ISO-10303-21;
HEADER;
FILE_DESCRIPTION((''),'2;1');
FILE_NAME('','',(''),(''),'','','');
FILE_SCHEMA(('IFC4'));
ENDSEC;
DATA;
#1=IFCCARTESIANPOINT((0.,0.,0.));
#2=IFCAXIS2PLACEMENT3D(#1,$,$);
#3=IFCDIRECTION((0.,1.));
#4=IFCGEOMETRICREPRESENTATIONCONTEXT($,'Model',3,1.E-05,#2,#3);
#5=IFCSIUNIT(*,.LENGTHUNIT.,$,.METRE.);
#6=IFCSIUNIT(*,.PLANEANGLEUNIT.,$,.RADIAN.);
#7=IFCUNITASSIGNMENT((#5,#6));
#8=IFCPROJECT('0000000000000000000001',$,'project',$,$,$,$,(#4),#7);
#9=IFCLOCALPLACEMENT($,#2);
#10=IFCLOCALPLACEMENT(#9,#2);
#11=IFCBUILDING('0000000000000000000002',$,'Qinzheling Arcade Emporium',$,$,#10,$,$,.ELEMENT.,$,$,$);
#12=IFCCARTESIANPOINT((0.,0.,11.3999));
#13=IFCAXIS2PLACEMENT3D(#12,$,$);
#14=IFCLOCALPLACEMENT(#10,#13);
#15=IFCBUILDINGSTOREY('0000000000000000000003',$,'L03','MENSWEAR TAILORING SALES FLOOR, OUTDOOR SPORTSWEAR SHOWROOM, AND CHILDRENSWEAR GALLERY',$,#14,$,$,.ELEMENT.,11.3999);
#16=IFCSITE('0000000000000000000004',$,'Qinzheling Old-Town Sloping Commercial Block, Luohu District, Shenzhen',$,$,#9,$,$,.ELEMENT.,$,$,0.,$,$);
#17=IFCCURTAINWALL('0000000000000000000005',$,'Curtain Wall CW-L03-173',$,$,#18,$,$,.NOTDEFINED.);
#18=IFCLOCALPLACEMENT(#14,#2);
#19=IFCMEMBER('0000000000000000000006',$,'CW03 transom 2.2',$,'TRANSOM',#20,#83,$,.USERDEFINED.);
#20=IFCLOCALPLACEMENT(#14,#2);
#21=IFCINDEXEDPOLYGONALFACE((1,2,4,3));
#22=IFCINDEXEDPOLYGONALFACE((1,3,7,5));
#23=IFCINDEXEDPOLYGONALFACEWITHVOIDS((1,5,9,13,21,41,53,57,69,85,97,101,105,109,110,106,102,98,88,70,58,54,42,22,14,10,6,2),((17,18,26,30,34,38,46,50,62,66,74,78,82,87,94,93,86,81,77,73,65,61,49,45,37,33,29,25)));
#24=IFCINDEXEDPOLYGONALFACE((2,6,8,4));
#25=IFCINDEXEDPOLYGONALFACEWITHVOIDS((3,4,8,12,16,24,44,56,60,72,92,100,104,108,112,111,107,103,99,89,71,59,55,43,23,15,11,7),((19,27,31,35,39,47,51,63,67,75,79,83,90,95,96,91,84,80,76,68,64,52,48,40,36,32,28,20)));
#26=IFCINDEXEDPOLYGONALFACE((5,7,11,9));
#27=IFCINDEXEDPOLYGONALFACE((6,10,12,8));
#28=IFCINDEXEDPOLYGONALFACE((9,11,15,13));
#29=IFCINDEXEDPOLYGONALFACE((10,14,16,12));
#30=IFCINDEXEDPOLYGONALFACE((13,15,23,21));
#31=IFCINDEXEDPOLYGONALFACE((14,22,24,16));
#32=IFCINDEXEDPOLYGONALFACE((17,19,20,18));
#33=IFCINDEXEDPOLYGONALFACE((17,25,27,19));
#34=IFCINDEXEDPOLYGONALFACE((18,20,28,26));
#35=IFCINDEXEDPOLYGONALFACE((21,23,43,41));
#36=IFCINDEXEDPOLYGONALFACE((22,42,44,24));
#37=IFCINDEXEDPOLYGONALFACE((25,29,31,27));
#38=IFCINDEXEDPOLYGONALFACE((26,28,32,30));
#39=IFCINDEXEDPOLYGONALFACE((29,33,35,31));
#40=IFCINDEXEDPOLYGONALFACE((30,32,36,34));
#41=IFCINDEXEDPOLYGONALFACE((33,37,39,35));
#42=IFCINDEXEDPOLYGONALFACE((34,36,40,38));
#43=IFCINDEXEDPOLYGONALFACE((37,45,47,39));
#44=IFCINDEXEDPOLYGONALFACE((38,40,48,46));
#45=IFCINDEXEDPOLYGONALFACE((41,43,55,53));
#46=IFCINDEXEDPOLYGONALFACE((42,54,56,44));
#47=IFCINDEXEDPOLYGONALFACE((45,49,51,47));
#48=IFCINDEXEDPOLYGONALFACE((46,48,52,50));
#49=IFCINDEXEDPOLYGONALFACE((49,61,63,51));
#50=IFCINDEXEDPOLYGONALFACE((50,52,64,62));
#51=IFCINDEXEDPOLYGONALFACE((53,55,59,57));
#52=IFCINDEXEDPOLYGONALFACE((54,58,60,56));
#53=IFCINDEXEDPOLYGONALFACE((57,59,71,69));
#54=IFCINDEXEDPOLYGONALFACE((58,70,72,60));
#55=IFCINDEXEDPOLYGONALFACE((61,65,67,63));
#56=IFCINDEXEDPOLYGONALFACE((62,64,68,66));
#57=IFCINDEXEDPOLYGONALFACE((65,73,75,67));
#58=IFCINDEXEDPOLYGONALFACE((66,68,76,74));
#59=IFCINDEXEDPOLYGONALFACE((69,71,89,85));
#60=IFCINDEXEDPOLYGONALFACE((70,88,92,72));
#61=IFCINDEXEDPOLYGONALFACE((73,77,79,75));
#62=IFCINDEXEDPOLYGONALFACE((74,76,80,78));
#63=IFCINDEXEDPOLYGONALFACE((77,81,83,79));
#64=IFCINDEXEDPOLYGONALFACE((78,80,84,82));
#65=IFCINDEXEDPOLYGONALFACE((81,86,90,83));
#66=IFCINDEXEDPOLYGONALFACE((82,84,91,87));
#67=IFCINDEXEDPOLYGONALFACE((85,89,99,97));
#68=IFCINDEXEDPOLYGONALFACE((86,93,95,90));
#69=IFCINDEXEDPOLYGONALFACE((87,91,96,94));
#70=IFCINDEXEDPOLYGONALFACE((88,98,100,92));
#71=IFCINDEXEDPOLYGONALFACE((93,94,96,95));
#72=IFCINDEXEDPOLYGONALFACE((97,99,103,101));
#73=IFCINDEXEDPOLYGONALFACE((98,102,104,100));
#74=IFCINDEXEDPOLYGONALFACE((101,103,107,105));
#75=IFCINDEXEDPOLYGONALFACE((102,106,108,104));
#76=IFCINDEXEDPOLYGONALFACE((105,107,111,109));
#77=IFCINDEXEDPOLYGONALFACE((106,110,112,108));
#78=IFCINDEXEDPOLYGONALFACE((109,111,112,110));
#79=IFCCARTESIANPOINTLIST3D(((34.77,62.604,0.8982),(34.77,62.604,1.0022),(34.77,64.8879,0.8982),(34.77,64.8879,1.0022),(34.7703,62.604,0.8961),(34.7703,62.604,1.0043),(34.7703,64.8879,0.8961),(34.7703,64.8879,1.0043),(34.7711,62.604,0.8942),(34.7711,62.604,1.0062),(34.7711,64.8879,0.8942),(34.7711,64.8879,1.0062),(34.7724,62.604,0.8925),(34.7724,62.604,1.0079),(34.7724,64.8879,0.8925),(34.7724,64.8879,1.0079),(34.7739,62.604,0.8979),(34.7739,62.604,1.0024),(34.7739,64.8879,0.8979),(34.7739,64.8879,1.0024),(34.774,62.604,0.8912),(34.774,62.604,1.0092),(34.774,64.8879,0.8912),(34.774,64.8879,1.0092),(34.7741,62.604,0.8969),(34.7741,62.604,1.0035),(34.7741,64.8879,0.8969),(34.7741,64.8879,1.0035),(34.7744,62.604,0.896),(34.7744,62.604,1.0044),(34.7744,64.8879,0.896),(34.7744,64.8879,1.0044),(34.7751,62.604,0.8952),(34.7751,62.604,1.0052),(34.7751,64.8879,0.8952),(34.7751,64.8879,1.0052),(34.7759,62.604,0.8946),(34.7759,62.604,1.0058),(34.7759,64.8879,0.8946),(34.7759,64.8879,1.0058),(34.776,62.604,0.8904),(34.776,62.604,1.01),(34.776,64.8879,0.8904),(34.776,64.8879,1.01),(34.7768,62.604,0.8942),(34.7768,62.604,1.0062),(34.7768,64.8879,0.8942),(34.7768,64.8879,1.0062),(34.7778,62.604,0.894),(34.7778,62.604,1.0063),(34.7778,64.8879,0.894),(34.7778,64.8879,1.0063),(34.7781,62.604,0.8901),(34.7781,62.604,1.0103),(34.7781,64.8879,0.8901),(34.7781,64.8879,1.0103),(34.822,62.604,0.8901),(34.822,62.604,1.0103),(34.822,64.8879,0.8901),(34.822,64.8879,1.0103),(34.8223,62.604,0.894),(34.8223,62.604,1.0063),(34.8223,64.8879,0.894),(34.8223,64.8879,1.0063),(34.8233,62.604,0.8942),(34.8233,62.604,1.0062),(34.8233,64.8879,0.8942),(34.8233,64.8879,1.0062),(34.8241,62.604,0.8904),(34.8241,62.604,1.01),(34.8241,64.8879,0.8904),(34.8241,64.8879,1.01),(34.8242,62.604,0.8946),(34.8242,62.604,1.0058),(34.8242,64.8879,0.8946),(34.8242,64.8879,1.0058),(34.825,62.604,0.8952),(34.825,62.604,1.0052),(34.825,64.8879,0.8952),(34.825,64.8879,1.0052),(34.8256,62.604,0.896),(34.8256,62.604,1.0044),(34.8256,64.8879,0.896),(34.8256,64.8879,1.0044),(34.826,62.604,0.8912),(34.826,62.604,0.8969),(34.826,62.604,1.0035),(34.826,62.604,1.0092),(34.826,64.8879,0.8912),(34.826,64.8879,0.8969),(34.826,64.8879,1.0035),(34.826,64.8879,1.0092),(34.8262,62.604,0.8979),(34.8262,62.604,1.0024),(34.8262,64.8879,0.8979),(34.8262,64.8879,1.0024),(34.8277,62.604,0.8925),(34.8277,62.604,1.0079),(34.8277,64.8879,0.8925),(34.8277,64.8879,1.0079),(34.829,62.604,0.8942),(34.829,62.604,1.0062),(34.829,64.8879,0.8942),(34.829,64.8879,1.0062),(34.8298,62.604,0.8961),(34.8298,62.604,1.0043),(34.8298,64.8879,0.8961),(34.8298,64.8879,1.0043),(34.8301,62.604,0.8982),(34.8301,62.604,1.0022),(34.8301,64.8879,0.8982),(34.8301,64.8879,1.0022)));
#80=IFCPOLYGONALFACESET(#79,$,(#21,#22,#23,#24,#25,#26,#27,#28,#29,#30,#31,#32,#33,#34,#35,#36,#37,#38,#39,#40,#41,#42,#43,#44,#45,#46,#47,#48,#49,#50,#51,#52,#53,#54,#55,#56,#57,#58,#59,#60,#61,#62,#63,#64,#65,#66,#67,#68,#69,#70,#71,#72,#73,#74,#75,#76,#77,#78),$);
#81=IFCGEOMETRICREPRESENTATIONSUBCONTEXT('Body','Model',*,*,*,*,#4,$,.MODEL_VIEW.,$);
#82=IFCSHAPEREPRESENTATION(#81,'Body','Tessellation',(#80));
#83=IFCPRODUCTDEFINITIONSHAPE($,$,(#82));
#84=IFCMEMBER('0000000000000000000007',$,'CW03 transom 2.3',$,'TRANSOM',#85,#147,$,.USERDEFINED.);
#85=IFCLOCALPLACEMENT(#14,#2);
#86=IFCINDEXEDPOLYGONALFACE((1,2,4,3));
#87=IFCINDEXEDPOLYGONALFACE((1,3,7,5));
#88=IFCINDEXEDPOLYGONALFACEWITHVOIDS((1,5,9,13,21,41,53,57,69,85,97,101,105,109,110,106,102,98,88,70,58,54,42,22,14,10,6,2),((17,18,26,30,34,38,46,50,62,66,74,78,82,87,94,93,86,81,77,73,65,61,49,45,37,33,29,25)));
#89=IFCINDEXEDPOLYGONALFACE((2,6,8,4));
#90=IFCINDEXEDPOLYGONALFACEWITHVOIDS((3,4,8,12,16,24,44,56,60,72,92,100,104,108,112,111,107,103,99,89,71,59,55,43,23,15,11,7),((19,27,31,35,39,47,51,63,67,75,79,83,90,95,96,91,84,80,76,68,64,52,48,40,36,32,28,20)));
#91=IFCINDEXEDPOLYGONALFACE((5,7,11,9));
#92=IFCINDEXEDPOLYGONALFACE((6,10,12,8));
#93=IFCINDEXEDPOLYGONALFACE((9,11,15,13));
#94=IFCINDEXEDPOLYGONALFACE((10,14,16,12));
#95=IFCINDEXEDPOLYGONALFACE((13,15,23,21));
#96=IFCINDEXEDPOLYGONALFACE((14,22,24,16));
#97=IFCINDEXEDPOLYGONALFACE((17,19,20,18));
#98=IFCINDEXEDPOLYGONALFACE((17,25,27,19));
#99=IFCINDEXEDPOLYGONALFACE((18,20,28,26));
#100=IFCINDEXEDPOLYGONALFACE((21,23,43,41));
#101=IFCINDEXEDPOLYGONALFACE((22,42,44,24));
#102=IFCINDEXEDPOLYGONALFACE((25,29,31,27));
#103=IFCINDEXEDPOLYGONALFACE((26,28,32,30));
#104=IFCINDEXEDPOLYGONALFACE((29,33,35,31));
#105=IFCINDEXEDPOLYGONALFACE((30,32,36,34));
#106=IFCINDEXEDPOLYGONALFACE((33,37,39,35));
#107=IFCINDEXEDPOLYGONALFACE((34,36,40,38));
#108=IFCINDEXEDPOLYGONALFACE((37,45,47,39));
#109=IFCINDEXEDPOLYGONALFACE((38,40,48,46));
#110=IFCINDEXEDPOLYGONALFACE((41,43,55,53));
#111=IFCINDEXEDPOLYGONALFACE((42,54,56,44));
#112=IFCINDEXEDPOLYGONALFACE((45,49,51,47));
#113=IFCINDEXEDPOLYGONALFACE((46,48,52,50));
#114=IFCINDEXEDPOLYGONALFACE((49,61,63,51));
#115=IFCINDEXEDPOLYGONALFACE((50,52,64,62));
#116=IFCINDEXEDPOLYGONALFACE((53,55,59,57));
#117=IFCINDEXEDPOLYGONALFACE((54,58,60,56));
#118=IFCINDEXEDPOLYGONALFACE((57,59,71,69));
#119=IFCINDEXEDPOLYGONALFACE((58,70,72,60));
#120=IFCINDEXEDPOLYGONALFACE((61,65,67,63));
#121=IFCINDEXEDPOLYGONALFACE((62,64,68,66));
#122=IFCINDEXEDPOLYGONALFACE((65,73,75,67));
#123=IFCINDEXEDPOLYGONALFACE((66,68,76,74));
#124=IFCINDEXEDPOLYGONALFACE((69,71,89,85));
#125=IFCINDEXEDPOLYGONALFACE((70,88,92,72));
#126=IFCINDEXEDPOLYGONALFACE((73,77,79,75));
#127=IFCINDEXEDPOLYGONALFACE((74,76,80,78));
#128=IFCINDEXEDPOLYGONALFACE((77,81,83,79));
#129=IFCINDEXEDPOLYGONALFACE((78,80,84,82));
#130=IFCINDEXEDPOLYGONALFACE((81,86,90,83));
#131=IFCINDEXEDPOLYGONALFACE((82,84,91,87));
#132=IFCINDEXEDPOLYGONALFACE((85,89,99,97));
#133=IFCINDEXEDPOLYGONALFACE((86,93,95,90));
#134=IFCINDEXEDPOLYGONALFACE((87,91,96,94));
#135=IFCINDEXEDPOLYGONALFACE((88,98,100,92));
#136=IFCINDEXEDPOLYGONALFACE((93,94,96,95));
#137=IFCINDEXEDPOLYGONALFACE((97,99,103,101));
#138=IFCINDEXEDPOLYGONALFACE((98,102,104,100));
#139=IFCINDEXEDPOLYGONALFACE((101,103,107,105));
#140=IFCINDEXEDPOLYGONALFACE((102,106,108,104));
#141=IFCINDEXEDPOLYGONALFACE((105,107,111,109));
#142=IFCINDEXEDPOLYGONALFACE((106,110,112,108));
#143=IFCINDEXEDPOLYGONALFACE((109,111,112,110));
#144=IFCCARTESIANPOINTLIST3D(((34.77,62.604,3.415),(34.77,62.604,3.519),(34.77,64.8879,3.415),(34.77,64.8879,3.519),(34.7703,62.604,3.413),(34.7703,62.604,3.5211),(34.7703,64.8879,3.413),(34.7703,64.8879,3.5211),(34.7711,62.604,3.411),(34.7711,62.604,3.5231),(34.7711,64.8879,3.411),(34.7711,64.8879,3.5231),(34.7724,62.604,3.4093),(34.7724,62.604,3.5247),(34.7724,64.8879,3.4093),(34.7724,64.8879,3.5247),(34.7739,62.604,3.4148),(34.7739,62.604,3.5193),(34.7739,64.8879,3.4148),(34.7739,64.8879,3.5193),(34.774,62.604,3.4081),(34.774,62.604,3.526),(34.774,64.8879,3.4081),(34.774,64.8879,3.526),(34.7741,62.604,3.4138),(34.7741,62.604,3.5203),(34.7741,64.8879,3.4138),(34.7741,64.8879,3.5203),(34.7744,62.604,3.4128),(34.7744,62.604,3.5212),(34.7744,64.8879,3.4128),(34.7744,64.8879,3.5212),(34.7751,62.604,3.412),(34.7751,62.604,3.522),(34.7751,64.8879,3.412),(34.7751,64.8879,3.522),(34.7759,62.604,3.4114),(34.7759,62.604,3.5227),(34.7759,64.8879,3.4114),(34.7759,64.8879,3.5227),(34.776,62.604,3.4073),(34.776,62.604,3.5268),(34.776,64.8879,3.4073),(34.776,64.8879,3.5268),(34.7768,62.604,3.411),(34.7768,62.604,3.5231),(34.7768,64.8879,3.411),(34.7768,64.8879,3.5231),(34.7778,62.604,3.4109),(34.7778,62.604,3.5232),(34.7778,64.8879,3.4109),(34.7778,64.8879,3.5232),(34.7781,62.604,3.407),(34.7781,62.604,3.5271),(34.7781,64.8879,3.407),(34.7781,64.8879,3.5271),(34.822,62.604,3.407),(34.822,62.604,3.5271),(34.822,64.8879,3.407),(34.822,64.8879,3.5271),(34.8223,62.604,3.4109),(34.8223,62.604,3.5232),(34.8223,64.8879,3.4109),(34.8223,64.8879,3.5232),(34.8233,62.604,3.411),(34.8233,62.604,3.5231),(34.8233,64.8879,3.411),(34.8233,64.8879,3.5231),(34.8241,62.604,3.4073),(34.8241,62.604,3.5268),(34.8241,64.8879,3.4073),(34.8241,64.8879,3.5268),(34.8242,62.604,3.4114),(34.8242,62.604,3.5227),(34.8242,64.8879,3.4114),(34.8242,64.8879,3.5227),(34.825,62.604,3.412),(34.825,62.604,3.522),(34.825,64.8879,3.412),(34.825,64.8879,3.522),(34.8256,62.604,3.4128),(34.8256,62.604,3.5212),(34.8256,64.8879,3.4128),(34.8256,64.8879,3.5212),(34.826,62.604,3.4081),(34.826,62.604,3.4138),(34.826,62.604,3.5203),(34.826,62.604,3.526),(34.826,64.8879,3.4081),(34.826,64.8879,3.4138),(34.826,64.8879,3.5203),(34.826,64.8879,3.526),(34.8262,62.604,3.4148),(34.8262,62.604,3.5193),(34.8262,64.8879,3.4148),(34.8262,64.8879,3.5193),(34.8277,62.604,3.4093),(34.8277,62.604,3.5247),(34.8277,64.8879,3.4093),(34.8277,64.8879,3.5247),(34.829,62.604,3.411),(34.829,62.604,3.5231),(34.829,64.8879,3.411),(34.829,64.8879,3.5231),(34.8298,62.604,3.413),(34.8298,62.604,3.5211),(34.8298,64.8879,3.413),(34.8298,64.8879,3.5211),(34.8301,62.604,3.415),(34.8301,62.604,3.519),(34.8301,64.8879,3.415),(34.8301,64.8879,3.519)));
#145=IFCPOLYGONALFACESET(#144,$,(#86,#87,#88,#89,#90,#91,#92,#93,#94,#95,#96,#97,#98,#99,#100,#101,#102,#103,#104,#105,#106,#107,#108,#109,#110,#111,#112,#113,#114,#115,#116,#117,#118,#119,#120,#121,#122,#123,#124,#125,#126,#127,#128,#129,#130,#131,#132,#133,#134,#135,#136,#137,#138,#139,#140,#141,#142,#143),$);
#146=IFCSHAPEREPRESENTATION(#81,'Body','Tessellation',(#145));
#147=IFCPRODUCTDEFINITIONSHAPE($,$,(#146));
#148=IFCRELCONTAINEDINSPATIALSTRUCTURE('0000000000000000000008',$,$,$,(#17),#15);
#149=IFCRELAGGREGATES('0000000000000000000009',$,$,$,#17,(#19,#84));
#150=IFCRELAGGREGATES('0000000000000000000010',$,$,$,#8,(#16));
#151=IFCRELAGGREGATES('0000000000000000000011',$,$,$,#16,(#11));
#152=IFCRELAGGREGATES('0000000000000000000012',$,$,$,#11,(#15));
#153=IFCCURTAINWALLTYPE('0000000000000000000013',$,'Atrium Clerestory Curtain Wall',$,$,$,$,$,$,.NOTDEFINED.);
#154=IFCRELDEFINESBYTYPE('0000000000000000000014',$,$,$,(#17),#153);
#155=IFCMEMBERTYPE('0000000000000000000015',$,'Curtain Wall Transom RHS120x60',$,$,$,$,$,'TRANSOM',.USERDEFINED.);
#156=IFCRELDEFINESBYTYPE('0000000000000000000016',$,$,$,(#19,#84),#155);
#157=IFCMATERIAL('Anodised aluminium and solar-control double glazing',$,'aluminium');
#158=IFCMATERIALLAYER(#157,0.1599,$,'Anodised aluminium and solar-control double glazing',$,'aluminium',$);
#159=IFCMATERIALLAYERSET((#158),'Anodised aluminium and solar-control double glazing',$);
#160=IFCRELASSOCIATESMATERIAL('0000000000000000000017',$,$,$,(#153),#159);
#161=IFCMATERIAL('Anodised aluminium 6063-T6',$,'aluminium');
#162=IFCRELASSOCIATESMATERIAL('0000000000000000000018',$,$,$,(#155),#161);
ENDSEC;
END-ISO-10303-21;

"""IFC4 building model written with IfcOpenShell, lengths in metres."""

from ifc_helpers import new_model, si_unit, direction, frame, origin, origin_2d, place, context, subcontext, project, spatial, hollow_rectangle, extrude, material, layer, layer_set, material_profile, profile_set, type_object, element, aggregate, save


model = new_model("IFC4")

# Units and contexts
model_context = context("Model", 3, precision=1e-05, world=origin(), true_north=direction((0.0, 1.0)))
body_context = subcontext(model_context, "Body", "Model", "MODEL_VIEW")
ifc_project = project(units=[si_unit("LENGTHUNIT", "METRE"), si_unit("PLANEANGLEUNIT", "RADIAN")], contexts=[model_context])

# Site, building, storey
site_placement = place(None, origin())
site = spatial("IfcSite", under=ifc_project, at=site_placement, Name="Qinzheling Old-Town Sloping Commercial Block, Luohu District, Shenzhen", CompositionType="ELEMENT", RefElevation=0.0)
building_placement = place(site_placement, origin())
building = spatial("IfcBuilding", under=site, at=building_placement, Name="Qinzheling Arcade Emporium", CompositionType="ELEMENT")
storey_placement = place(building_placement, frame((0.0, 0.0, 11.3999)))
storey = spatial("IfcBuildingStorey", under=building, at=storey_placement, Name="L03", Description="MENSWEAR TAILORING SALES FLOOR, OUTDOOR SPORTSWEAR SHOWROOM, AND CHILDRENSWEAR GALLERY", CompositionType="ELEMENT", Elevation=11.3999)

# Curtain wall, members
ifc_material_1 = material(Name="Anodised aluminium and solar-control double glazing", Category="aluminium")
ifc_layer_1 = layer(ifc_material_1, 0.1599, Name="Anodised aluminium and solar-control double glazing", Category="aluminium")
ifc_layer_set_1 = layer_set([ifc_layer_1], Name="Anodised aluminium and solar-control double glazing")
curtain_wall_type = type_object("IfcCurtainWallType", Name="Atrium Clerestory Curtain Wall", PredefinedType="NOTDEFINED", material=ifc_layer_set_1)
curtain_wall_placement = place(storey_placement, origin())
curtain_wall = element("IfcCurtainWall", 1, at=curtain_wall_placement, inside=storey, type_object=curtain_wall_type, Name="Curtain Wall CW-L03-173", PredefinedType="NOTDEFINED")
ifc_material_2 = material(Name="Anodised aluminium 6063-T6", Category="aluminium")
ifc_material_profile_1 = material_profile(ifc_material_2, hollow_rectangle(XDim=0.0601, YDim=0.1201, WallThickness=0.0039, InnerFilletRadius=0.0039, OuterFilletRadius=0.0081, at=origin_2d()), Name="RHS 120x60x4", Category="aluminium")
ifc_profile_set_1 = profile_set([ifc_material_profile_1], Name="Anodised aluminium 6063-T6")
member_type_1 = type_object("IfcMemberType", Name="Curtain Wall Transom RHS120x60", ElementType="TRANSOM", PredefinedType="USERDEFINED", material=ifc_profile_set_1)
member_1_placement = place(storey_placement, frame((34.8, 62.604, 0.9502), z_axis=(0.0, 1.0, 0.0), x_axis=(-1.0, 0.0, 0.0)))
member_1 = element("IfcMember", 2, at=member_1_placement, type_object=member_type_1, Name="CW03 transom 2.2", ObjectType="TRANSOM", PredefinedType="USERDEFINED", context=body_context, shape_type="SweptSolid", body=[
    extrude(hollow_rectangle(XDim=0.0601, YDim=0.1201, WallThickness=0.0039, InnerFilletRadius=0.0039, OuterFilletRadius=0.0081, at=origin_2d()), origin(), (0.0, 0.0, 1.0), 2.2839),
])
member_2_placement = place(storey_placement, frame((34.8, 62.604, 3.467), z_axis=(0.0, 1.0, 0.0), x_axis=(-1.0, 0.0, 0.0)))
member_2 = element("IfcMember", 3, at=member_2_placement, type_object=member_type_1, Name="CW03 transom 2.3", ObjectType="TRANSOM", PredefinedType="USERDEFINED", context=body_context, shape_type="SweptSolid", body=[
    extrude(hollow_rectangle(XDim=0.0601, YDim=0.1201, WallThickness=0.0039, InnerFilletRadius=0.0039, OuterFilletRadius=0.0081, at=origin_2d()), origin(), (0.0, 0.0, 1.0), 2.2839),
])
aggregate(curtain_wall, [member_1, member_2])

save(model, "model.ifc")
